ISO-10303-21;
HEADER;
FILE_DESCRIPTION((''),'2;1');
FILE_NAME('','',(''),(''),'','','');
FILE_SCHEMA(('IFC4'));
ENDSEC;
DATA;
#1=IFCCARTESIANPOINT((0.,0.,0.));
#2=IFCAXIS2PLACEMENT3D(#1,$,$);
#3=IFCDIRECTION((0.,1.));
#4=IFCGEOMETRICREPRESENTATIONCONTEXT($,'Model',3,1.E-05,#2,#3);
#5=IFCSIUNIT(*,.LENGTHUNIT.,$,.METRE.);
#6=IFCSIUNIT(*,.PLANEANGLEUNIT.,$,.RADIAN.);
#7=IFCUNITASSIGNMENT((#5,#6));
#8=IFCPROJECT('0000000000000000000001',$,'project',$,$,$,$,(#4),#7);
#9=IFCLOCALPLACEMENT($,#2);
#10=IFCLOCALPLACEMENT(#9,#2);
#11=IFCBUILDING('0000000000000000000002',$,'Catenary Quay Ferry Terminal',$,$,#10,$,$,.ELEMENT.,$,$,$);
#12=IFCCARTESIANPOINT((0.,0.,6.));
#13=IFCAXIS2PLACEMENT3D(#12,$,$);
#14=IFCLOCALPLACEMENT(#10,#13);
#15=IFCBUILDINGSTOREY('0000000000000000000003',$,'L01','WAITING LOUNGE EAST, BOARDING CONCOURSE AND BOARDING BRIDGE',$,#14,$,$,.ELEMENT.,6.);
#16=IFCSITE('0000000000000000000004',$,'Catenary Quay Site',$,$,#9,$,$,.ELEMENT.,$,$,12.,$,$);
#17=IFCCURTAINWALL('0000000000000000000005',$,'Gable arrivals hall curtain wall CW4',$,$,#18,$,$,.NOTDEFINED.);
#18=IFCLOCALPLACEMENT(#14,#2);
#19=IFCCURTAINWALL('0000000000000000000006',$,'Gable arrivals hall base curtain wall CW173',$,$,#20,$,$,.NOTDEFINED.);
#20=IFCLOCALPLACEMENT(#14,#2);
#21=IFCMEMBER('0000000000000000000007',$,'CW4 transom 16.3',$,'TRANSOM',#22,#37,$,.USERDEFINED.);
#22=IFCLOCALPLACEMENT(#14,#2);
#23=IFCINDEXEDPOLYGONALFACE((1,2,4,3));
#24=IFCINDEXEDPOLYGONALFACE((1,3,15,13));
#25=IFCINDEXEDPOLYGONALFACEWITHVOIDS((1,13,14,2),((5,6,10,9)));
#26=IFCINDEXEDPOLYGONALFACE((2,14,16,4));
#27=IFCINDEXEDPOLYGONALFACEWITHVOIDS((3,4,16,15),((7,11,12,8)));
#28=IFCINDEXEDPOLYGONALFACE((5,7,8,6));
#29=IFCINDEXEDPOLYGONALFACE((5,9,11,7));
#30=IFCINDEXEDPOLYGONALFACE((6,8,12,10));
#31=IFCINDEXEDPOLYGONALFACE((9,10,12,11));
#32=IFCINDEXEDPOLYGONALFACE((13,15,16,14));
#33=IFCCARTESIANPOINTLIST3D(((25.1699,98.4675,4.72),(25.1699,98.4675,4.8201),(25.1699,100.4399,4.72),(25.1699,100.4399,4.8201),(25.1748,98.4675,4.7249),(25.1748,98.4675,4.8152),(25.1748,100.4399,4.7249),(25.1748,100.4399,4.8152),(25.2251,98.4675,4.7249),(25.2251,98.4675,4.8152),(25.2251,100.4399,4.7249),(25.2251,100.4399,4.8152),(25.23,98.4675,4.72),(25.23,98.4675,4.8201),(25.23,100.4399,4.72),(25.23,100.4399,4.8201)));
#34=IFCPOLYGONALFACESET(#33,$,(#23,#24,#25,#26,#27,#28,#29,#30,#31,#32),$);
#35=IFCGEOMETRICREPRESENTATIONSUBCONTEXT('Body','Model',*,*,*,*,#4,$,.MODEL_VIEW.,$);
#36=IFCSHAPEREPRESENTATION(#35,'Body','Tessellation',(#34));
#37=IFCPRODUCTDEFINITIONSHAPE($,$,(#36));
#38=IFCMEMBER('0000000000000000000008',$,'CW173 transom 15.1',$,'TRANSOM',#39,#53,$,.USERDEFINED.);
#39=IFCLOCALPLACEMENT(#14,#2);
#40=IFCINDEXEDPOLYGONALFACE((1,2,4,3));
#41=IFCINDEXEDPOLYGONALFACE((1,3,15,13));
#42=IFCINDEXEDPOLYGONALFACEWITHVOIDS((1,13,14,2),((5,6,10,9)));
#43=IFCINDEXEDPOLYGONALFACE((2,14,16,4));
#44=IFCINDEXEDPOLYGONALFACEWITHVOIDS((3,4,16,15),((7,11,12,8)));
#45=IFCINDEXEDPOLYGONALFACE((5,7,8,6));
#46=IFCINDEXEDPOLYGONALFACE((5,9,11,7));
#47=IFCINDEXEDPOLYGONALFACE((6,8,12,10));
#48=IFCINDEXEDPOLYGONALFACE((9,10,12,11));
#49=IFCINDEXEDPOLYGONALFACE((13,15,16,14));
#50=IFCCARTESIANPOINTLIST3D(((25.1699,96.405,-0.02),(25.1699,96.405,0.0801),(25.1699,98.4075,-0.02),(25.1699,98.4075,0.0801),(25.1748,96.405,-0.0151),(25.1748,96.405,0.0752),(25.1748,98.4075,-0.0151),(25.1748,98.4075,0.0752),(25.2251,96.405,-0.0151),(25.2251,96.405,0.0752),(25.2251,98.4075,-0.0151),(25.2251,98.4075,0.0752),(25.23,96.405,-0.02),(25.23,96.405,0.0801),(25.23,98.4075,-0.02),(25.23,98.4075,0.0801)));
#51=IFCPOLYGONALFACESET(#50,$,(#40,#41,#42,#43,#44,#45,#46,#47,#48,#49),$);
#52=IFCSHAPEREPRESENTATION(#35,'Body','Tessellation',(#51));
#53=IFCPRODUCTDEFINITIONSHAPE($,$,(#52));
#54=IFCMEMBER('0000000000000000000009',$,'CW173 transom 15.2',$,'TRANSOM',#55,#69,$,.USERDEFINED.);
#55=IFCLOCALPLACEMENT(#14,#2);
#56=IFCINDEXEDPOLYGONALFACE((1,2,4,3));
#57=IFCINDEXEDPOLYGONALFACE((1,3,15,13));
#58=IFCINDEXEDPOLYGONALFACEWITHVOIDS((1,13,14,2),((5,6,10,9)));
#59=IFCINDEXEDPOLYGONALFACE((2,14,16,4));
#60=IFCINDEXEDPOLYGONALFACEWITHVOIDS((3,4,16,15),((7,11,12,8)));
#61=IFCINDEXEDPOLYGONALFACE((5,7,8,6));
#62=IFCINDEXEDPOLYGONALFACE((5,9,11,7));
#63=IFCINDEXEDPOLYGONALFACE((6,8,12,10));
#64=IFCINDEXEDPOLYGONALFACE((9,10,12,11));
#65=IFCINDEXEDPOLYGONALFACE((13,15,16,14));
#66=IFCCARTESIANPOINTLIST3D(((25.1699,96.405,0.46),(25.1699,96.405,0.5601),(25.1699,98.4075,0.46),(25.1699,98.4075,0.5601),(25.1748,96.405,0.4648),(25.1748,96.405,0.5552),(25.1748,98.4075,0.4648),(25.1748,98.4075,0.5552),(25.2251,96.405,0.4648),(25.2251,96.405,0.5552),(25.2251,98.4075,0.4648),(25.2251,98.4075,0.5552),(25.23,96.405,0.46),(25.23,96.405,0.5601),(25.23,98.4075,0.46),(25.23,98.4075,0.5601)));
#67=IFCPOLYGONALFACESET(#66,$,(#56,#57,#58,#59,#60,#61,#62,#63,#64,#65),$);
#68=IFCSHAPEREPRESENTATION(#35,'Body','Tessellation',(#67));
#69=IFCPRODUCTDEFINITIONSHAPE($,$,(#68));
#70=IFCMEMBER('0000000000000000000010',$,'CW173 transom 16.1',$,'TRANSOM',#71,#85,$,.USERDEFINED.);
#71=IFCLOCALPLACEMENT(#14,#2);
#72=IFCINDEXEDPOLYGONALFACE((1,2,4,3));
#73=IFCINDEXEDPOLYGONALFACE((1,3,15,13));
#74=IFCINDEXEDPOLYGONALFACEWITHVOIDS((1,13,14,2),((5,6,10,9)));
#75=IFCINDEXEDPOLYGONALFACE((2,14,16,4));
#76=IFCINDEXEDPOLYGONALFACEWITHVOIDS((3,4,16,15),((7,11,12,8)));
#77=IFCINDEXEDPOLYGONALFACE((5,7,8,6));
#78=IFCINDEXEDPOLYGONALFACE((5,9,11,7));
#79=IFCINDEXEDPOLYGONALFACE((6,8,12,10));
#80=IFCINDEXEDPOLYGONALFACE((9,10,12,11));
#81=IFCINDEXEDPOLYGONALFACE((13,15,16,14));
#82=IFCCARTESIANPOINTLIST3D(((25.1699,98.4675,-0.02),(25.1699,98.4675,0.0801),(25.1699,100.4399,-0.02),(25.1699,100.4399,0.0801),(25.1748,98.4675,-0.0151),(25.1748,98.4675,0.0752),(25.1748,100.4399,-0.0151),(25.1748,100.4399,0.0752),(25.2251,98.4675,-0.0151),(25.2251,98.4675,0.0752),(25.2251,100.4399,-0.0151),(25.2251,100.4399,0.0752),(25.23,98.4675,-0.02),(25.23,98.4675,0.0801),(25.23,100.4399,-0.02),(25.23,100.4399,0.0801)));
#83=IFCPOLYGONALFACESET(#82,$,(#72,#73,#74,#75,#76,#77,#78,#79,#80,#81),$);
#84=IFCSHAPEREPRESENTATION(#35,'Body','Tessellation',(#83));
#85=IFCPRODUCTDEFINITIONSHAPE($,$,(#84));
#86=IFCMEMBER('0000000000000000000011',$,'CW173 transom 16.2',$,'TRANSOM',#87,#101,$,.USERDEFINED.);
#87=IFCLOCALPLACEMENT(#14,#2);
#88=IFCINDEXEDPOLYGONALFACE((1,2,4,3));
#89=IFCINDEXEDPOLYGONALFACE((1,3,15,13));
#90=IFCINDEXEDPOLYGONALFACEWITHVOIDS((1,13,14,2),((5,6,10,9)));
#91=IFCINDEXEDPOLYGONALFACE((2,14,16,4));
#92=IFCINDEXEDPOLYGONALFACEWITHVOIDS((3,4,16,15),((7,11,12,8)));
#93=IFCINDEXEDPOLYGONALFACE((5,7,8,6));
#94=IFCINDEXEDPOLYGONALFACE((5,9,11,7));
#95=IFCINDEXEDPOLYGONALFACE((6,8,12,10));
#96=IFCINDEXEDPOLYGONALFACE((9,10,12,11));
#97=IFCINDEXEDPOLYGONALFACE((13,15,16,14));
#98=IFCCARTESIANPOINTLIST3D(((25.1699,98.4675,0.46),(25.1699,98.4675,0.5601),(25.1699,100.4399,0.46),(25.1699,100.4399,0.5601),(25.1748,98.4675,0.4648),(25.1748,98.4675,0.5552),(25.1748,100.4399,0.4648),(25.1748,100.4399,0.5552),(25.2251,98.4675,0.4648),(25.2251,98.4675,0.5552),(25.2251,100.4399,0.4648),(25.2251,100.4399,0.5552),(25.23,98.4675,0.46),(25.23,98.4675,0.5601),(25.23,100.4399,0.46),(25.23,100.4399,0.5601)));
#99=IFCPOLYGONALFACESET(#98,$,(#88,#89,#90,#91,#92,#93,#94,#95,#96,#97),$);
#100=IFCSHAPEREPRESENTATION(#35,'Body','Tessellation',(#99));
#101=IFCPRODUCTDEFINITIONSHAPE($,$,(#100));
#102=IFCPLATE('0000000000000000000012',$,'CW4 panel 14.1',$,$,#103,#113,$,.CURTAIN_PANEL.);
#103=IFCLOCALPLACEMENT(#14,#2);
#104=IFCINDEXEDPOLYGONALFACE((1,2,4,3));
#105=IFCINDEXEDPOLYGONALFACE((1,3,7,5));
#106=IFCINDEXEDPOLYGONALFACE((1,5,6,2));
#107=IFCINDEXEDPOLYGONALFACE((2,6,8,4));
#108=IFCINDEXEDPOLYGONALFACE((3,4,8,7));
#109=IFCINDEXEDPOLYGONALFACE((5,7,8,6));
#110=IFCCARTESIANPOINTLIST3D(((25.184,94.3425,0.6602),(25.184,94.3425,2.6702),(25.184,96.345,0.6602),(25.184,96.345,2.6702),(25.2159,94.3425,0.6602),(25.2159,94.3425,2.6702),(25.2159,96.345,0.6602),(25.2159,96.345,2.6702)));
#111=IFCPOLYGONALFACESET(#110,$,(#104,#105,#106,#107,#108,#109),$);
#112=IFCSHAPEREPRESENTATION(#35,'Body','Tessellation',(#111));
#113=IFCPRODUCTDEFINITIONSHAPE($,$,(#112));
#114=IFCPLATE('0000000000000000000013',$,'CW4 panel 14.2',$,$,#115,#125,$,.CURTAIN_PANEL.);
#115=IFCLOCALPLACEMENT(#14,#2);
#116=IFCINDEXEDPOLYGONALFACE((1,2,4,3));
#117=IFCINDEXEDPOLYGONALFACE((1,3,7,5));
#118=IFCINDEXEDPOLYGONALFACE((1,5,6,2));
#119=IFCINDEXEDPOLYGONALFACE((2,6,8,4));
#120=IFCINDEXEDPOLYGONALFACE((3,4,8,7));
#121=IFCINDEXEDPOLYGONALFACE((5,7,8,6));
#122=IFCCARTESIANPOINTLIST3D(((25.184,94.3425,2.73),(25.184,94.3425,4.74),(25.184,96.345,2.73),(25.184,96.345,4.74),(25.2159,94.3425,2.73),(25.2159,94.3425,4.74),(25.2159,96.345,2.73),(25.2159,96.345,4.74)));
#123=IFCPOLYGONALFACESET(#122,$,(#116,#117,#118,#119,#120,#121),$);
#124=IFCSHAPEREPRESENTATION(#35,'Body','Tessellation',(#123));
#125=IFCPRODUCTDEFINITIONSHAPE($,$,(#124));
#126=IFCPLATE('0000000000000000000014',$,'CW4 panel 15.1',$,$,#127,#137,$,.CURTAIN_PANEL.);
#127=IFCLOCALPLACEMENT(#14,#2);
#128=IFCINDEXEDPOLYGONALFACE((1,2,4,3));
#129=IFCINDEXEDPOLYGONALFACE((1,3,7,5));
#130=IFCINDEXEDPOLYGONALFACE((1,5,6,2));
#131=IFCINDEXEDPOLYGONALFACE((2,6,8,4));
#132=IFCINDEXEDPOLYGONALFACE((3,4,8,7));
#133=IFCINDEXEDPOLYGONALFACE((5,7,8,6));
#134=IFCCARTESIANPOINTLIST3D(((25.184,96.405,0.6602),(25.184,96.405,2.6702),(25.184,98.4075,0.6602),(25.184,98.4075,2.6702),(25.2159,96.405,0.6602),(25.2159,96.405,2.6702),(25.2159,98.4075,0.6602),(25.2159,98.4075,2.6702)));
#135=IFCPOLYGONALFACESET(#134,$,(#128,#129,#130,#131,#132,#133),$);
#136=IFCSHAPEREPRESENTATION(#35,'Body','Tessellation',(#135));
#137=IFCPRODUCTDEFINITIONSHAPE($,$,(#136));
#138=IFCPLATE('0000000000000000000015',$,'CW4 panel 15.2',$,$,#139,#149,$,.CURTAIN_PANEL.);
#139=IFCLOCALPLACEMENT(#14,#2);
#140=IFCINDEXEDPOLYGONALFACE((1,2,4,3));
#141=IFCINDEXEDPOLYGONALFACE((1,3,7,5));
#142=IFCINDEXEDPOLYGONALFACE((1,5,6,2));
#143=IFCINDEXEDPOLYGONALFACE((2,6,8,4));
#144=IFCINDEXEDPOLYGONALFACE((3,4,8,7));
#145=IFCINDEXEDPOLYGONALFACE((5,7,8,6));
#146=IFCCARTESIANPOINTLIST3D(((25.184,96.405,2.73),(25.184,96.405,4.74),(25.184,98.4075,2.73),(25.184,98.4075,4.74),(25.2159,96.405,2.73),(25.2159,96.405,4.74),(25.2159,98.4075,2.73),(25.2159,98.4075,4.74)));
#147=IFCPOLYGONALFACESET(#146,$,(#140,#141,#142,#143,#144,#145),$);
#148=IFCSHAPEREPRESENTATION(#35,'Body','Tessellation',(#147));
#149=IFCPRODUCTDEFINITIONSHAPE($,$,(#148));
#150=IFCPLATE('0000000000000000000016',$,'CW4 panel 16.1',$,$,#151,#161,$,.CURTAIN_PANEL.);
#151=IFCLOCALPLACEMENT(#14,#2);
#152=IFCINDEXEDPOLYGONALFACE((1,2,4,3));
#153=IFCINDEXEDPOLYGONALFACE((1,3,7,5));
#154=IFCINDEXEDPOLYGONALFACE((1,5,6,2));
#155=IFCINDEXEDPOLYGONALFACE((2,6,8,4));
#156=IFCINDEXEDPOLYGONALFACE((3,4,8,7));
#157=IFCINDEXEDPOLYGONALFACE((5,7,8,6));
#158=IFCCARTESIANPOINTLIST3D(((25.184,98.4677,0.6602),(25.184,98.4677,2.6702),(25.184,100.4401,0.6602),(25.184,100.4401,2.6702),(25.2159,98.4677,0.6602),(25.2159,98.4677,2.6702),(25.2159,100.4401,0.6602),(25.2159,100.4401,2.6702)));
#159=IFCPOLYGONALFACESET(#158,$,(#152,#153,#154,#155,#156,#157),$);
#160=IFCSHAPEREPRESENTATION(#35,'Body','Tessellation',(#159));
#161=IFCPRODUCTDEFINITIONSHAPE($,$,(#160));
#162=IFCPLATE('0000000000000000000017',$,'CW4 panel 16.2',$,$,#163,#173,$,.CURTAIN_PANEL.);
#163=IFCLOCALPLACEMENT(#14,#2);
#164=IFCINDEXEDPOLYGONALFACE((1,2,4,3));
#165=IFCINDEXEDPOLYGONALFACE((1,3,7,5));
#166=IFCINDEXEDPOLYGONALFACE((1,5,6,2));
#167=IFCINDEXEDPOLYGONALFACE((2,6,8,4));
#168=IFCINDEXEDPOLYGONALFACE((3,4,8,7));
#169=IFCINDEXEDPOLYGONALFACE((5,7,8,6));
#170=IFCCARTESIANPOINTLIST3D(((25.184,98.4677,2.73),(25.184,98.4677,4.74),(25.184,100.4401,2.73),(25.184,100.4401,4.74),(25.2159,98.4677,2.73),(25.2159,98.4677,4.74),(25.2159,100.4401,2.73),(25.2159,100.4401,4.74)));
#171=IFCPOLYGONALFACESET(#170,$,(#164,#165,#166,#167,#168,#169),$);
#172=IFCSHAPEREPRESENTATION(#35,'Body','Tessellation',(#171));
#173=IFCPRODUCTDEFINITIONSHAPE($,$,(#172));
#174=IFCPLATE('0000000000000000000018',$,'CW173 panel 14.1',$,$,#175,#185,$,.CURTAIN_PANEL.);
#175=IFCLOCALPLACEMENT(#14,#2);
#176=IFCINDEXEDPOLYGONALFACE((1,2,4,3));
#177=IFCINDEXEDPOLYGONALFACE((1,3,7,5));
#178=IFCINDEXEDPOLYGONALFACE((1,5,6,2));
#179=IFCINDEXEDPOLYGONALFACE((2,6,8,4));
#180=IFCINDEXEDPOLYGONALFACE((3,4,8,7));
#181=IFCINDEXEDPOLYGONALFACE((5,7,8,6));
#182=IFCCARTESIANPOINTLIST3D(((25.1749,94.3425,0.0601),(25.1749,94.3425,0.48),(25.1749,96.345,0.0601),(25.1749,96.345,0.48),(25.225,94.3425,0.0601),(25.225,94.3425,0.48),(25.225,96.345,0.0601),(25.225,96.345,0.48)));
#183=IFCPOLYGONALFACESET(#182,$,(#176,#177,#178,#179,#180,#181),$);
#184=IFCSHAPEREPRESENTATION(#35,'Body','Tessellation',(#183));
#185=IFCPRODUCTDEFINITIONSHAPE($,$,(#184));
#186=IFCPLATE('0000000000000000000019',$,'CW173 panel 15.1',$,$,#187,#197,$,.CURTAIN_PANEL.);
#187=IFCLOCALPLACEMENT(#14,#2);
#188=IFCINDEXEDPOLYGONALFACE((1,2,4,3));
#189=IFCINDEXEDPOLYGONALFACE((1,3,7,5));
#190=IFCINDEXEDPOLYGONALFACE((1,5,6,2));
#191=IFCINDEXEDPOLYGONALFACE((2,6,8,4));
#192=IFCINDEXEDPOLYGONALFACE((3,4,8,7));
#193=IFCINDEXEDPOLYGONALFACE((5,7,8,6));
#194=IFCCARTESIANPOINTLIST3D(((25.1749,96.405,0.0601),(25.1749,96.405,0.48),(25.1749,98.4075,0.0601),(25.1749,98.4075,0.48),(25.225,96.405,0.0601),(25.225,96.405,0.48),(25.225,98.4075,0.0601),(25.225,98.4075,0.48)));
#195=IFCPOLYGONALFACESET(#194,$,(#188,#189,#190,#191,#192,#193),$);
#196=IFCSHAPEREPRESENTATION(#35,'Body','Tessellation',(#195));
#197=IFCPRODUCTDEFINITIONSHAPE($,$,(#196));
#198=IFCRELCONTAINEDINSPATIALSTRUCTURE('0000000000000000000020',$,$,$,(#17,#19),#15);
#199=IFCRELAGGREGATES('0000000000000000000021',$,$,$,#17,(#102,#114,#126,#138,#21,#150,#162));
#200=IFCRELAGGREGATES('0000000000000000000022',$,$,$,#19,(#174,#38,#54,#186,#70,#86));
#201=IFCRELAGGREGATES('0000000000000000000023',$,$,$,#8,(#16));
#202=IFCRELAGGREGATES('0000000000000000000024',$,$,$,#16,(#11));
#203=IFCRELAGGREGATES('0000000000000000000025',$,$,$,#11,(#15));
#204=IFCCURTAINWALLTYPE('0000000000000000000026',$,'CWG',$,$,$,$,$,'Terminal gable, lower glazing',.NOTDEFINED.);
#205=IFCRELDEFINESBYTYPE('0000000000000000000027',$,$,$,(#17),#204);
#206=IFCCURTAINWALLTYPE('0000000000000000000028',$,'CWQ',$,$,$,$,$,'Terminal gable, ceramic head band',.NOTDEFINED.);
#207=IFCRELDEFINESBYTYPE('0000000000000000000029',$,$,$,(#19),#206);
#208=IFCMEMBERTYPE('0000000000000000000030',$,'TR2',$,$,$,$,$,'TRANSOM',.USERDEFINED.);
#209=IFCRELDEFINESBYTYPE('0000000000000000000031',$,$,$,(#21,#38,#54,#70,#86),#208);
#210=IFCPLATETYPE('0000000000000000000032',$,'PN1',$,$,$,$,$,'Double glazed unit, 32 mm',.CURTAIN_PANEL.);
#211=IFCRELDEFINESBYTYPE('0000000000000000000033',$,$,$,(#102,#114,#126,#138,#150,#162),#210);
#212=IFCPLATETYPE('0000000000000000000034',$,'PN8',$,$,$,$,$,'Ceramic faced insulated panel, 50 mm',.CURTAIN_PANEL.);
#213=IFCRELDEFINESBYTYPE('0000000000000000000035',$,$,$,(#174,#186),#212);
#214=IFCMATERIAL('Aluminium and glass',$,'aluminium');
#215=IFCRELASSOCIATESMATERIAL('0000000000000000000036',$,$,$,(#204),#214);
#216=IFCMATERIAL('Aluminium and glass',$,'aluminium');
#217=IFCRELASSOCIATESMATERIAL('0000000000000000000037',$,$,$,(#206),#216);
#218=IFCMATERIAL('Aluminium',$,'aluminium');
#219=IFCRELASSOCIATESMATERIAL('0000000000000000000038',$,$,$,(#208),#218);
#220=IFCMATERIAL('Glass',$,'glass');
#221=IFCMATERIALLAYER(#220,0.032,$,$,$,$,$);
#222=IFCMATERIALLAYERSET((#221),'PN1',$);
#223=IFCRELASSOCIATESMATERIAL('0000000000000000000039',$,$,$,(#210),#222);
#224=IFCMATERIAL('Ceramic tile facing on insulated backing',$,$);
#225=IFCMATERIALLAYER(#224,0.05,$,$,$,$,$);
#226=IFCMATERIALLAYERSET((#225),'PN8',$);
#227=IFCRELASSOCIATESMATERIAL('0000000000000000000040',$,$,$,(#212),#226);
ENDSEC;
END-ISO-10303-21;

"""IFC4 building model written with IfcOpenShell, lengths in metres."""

from ifc_helpers import new_model, si_unit, direction, frame, origin, origin_2d, place, context, subcontext, project, spatial, rectangle, hollow_rectangle, extrude, material, layer, layer_set, material_profile, profile_set, type_object, element, aggregate, save


model = new_model("IFC4")

# Units and contexts
model_context = context("Model", 3, precision=1e-05, world=origin(), true_north=direction((0.0, 1.0)))
body_context = subcontext(model_context, "Body", "Model", "MODEL_VIEW")
ifc_project = project(units=[si_unit("LENGTHUNIT", "METRE"), si_unit("PLANEANGLEUNIT", "RADIAN")], contexts=[model_context])

# Site, building, storey
site_placement = place(None, origin())
site = spatial("IfcSite", under=ifc_project, at=site_placement, Name="Catenary Quay Site", CompositionType="ELEMENT", RefElevation=12.0)
building_placement = place(site_placement, origin())
building = spatial("IfcBuilding", under=site, at=building_placement, Name="Catenary Quay Ferry Terminal", CompositionType="ELEMENT")
storey_placement = place(building_placement, frame((0.0, 0.0, 6.0)))
storey = spatial("IfcBuildingStorey", under=building, at=storey_placement, Name="L01", Description="WAITING LOUNGE EAST, BOARDING CONCOURSE AND BOARDING BRIDGE", CompositionType="ELEMENT", Elevation=6.0)

# Curtain walls
ifc_material_1 = material(Name="Aluminium and glass", Category="aluminium")
curtain_wall_type_1 = type_object("IfcCurtainWallType", Name="CWG", ElementType="Terminal gable, lower glazing", PredefinedType="NOTDEFINED", material=ifc_material_1)
curtain_wall_1_placement = place(storey_placement, origin())
curtain_wall_1 = element("IfcCurtainWall", 1, at=curtain_wall_1_placement, inside=storey, type_object=curtain_wall_type_1, Name="Gable arrivals hall curtain wall CW4", PredefinedType="NOTDEFINED")
ifc_material_2 = material(Name="Aluminium and glass", Category="aluminium")
curtain_wall_type_2 = type_object("IfcCurtainWallType", Name="CWQ", ElementType="Terminal gable, ceramic head band", PredefinedType="NOTDEFINED", material=ifc_material_2)
curtain_wall_2_placement = place(storey_placement, origin())
curtain_wall_2 = element("IfcCurtainWall", 2, at=curtain_wall_2_placement, inside=storey, type_object=curtain_wall_type_2, Name="Gable arrivals hall base curtain wall CW173", PredefinedType="NOTDEFINED")

# Members
ifc_material_3 = material(Name="Aluminium", Category="aluminium")
ifc_material_profile_1 = material_profile(ifc_material_3, hollow_rectangle(XDim=0.0601, YDim=0.1001, WallThickness=0.0049, at=origin_2d()), Name="TR2")
ifc_profile_set_1 = profile_set([ifc_material_profile_1], Name="Aluminium")
member_type_1 = type_object("IfcMemberType", Name="TR2", ElementType="TRANSOM", PredefinedType="USERDEFINED", material=ifc_profile_set_1)
member_1_placement = place(storey_placement, frame((25.2, 98.4675, 4.77), z_axis=(0.0, 1.0, 0.0), x_axis=(-1.0, 0.0, 0.0)))
member_1 = element("IfcMember", 3, at=member_1_placement, type_object=member_type_1, Name="CW4 transom 16.3", ObjectType="TRANSOM", PredefinedType="USERDEFINED", context=body_context, shape_type="SweptSolid", body=[
    extrude(hollow_rectangle(XDim=0.0601, YDim=0.1001, WallThickness=0.0049, at=origin_2d()), origin(), (0.0, 0.0, 1.0), 1.9724),
])
member_2_placement = place(storey_placement, frame((25.2, 96.405, 0.03), z_axis=(0.0, 1.0, 0.0), x_axis=(-1.0, 0.0, 0.0)))
member_2 = element("IfcMember", 4, at=member_2_placement, type_object=member_type_1, Name="CW173 transom 15.1", ObjectType="TRANSOM", PredefinedType="USERDEFINED", context=body_context, shape_type="SweptSolid", body=[
    extrude(hollow_rectangle(XDim=0.0601, YDim=0.1001, WallThickness=0.0049, at=origin_2d()), origin(), (0.0, 0.0, 1.0), 2.0024),
])
member_3_placement = place(storey_placement, frame((25.2, 96.405, 0.51), z_axis=(0.0, 1.0, 0.0), x_axis=(-1.0, 0.0, 0.0)))
member_3 = element("IfcMember", 5, at=member_3_placement, type_object=member_type_1, Name="CW173 transom 15.2", ObjectType="TRANSOM", PredefinedType="USERDEFINED", context=body_context, shape_type="SweptSolid", body=[
    extrude(hollow_rectangle(XDim=0.0601, YDim=0.1001, WallThickness=0.0049, at=origin_2d()), origin(), (0.0, 0.0, 1.0), 2.0024),
])
member_4_placement = place(storey_placement, frame((25.2, 98.4675, 0.03), z_axis=(0.0, 1.0, 0.0), x_axis=(-1.0, 0.0, 0.0)))
member_4 = element("IfcMember", 6, at=member_4_placement, type_object=member_type_1, Name="CW173 transom 16.1", ObjectType="TRANSOM", PredefinedType="USERDEFINED", context=body_context, shape_type="SweptSolid", body=[
    extrude(hollow_rectangle(XDim=0.0601, YDim=0.1001, WallThickness=0.0049, at=origin_2d()), origin(), (0.0, 0.0, 1.0), 1.9724),
])
member_5_placement = place(storey_placement, frame((25.2, 98.4675, 0.51), z_axis=(0.0, 1.0, 0.0), x_axis=(-1.0, 0.0, 0.0)))
member_5 = element("IfcMember", 7, at=member_5_placement, type_object=member_type_1, Name="CW173 transom 16.2", ObjectType="TRANSOM", PredefinedType="USERDEFINED", context=body_context, shape_type="SweptSolid", body=[
    extrude(hollow_rectangle(XDim=0.0601, YDim=0.1001, WallThickness=0.0049, at=origin_2d()), origin(), (0.0, 0.0, 1.0), 1.9724),
])

# Plates
ifc_material_4 = material(Name="Glass", Category="glass")
ifc_layer_1 = layer(ifc_material_4, 0.032)
ifc_layer_set_1 = layer_set([ifc_layer_1], Name="PN1")
plate_type_1 = type_object("IfcPlateType", Name="PN1", ElementType="Double glazed unit, 32 mm", PredefinedType="CURTAIN_PANEL", material=ifc_layer_set_1)
plate_1_placement = place(storey_placement, frame((25.2, 95.3438, 0.6602), z_axis=(0.0, 0.0, 1.0), x_axis=(0.0, 1.0, 0.0)))
plate_1 = element("IfcPlate", 8, at=plate_1_placement, type_object=plate_type_1, Name="CW4 panel 14.1", PredefinedType="CURTAIN_PANEL", context=body_context, shape_type="SweptSolid", body=[
    extrude(rectangle(XDim=2.0024, YDim=0.032, at=origin_2d()), origin(), (0.0, 0.0, 1.0), 2.01),
])
plate_2_placement = place(storey_placement, frame((25.2, 95.3438, 2.73), z_axis=(0.0, 0.0, 1.0), x_axis=(0.0, 1.0, 0.0)))
plate_2 = element("IfcPlate", 9, at=plate_2_placement, type_object=plate_type_1, Name="CW4 panel 14.2", PredefinedType="CURTAIN_PANEL", context=body_context, shape_type="SweptSolid", body=[
    extrude(rectangle(XDim=2.0024, YDim=0.032, at=origin_2d()), origin(), (0.0, 0.0, 1.0), 2.01),
])
plate_3_placement = place(storey_placement, frame((25.2, 97.4062, 0.6602), z_axis=(0.0, 0.0, 1.0), x_axis=(0.0, 1.0, 0.0)))
plate_3 = element("IfcPlate", 10, at=plate_3_placement, type_object=plate_type_1, Name="CW4 panel 15.1", PredefinedType="CURTAIN_PANEL", context=body_context, shape_type="SweptSolid", body=[
    extrude(rectangle(XDim=2.0024, YDim=0.032, at=origin_2d()), origin(), (0.0, 0.0, 1.0), 2.01),
])
plate_4_placement = place(storey_placement, frame((25.2, 97.4062, 2.73), z_axis=(0.0, 0.0, 1.0), x_axis=(0.0, 1.0, 0.0)))
plate_4 = element("IfcPlate", 11, at=plate_4_placement, type_object=plate_type_1, Name="CW4 panel 15.2", PredefinedType="CURTAIN_PANEL", context=body_context, shape_type="SweptSolid", body=[
    extrude(rectangle(XDim=2.0024, YDim=0.032, at=origin_2d()), origin(), (0.0, 0.0, 1.0), 2.01),
])
plate_5_placement = place(storey_placement, frame((25.2, 99.4539, 0.6602), z_axis=(0.0, 0.0, 1.0), x_axis=(0.0, 1.0, 0.0)))
plate_5 = element("IfcPlate", 12, at=plate_5_placement, type_object=plate_type_1, Name="CW4 panel 16.1", PredefinedType="CURTAIN_PANEL", context=body_context, shape_type="SweptSolid", body=[
    extrude(rectangle(XDim=1.9724, YDim=0.032, at=origin_2d()), origin(), (0.0, 0.0, 1.0), 2.01),
])
plate_6_placement = place(storey_placement, frame((25.2, 99.4539, 2.73), z_axis=(0.0, 0.0, 1.0), x_axis=(0.0, 1.0, 0.0)))
plate_6 = element("IfcPlate", 13, at=plate_6_placement, type_object=plate_type_1, Name="CW4 panel 16.2", PredefinedType="CURTAIN_PANEL", context=body_context, shape_type="SweptSolid", body=[
    extrude(rectangle(XDim=1.9724, YDim=0.032, at=origin_2d()), origin(), (0.0, 0.0, 1.0), 2.01),
])
aggregate(curtain_wall_1, [plate_1, plate_2, plate_3, plate_4, member_1, plate_5, plate_6])
ifc_material_5 = material(Name="Ceramic tile facing on insulated backing")
ifc_layer_2 = layer(ifc_material_5, 0.05)
ifc_layer_set_2 = layer_set([ifc_layer_2], Name="PN8")
plate_type_2 = type_object("IfcPlateType", Name="PN8", ElementType="Ceramic faced insulated panel, 50 mm", PredefinedType="CURTAIN_PANEL", material=ifc_layer_set_2)
plate_7_placement = place(storey_placement, frame((25.2, 95.3438, 0.0601), z_axis=(0.0, 0.0, 1.0), x_axis=(0.0, 1.0, 0.0)))
plate_7 = element("IfcPlate", 14, at=plate_7_placement, type_object=plate_type_2, Name="CW173 panel 14.1", PredefinedType="CURTAIN_PANEL", context=body_context, shape_type="SweptSolid", body=[
    extrude(rectangle(XDim=2.0024, YDim=0.05, at=origin_2d()), origin(), (0.0, 0.0, 1.0), 0.4199),
])
plate_8_placement = place(storey_placement, frame((25.2, 97.4062, 0.0601), z_axis=(0.0, 0.0, 1.0), x_axis=(0.0, 1.0, 0.0)))
plate_8 = element("IfcPlate", 15, at=plate_8_placement, type_object=plate_type_2, Name="CW173 panel 15.1", PredefinedType="CURTAIN_PANEL", context=body_context, shape_type="SweptSolid", body=[
    extrude(rectangle(XDim=2.0024, YDim=0.05, at=origin_2d()), origin(), (0.0, 0.0, 1.0), 0.4199),
])
aggregate(curtain_wall_2, [plate_7, member_2, member_3, plate_8, member_4, member_5])

save(model, "model.ifc")
